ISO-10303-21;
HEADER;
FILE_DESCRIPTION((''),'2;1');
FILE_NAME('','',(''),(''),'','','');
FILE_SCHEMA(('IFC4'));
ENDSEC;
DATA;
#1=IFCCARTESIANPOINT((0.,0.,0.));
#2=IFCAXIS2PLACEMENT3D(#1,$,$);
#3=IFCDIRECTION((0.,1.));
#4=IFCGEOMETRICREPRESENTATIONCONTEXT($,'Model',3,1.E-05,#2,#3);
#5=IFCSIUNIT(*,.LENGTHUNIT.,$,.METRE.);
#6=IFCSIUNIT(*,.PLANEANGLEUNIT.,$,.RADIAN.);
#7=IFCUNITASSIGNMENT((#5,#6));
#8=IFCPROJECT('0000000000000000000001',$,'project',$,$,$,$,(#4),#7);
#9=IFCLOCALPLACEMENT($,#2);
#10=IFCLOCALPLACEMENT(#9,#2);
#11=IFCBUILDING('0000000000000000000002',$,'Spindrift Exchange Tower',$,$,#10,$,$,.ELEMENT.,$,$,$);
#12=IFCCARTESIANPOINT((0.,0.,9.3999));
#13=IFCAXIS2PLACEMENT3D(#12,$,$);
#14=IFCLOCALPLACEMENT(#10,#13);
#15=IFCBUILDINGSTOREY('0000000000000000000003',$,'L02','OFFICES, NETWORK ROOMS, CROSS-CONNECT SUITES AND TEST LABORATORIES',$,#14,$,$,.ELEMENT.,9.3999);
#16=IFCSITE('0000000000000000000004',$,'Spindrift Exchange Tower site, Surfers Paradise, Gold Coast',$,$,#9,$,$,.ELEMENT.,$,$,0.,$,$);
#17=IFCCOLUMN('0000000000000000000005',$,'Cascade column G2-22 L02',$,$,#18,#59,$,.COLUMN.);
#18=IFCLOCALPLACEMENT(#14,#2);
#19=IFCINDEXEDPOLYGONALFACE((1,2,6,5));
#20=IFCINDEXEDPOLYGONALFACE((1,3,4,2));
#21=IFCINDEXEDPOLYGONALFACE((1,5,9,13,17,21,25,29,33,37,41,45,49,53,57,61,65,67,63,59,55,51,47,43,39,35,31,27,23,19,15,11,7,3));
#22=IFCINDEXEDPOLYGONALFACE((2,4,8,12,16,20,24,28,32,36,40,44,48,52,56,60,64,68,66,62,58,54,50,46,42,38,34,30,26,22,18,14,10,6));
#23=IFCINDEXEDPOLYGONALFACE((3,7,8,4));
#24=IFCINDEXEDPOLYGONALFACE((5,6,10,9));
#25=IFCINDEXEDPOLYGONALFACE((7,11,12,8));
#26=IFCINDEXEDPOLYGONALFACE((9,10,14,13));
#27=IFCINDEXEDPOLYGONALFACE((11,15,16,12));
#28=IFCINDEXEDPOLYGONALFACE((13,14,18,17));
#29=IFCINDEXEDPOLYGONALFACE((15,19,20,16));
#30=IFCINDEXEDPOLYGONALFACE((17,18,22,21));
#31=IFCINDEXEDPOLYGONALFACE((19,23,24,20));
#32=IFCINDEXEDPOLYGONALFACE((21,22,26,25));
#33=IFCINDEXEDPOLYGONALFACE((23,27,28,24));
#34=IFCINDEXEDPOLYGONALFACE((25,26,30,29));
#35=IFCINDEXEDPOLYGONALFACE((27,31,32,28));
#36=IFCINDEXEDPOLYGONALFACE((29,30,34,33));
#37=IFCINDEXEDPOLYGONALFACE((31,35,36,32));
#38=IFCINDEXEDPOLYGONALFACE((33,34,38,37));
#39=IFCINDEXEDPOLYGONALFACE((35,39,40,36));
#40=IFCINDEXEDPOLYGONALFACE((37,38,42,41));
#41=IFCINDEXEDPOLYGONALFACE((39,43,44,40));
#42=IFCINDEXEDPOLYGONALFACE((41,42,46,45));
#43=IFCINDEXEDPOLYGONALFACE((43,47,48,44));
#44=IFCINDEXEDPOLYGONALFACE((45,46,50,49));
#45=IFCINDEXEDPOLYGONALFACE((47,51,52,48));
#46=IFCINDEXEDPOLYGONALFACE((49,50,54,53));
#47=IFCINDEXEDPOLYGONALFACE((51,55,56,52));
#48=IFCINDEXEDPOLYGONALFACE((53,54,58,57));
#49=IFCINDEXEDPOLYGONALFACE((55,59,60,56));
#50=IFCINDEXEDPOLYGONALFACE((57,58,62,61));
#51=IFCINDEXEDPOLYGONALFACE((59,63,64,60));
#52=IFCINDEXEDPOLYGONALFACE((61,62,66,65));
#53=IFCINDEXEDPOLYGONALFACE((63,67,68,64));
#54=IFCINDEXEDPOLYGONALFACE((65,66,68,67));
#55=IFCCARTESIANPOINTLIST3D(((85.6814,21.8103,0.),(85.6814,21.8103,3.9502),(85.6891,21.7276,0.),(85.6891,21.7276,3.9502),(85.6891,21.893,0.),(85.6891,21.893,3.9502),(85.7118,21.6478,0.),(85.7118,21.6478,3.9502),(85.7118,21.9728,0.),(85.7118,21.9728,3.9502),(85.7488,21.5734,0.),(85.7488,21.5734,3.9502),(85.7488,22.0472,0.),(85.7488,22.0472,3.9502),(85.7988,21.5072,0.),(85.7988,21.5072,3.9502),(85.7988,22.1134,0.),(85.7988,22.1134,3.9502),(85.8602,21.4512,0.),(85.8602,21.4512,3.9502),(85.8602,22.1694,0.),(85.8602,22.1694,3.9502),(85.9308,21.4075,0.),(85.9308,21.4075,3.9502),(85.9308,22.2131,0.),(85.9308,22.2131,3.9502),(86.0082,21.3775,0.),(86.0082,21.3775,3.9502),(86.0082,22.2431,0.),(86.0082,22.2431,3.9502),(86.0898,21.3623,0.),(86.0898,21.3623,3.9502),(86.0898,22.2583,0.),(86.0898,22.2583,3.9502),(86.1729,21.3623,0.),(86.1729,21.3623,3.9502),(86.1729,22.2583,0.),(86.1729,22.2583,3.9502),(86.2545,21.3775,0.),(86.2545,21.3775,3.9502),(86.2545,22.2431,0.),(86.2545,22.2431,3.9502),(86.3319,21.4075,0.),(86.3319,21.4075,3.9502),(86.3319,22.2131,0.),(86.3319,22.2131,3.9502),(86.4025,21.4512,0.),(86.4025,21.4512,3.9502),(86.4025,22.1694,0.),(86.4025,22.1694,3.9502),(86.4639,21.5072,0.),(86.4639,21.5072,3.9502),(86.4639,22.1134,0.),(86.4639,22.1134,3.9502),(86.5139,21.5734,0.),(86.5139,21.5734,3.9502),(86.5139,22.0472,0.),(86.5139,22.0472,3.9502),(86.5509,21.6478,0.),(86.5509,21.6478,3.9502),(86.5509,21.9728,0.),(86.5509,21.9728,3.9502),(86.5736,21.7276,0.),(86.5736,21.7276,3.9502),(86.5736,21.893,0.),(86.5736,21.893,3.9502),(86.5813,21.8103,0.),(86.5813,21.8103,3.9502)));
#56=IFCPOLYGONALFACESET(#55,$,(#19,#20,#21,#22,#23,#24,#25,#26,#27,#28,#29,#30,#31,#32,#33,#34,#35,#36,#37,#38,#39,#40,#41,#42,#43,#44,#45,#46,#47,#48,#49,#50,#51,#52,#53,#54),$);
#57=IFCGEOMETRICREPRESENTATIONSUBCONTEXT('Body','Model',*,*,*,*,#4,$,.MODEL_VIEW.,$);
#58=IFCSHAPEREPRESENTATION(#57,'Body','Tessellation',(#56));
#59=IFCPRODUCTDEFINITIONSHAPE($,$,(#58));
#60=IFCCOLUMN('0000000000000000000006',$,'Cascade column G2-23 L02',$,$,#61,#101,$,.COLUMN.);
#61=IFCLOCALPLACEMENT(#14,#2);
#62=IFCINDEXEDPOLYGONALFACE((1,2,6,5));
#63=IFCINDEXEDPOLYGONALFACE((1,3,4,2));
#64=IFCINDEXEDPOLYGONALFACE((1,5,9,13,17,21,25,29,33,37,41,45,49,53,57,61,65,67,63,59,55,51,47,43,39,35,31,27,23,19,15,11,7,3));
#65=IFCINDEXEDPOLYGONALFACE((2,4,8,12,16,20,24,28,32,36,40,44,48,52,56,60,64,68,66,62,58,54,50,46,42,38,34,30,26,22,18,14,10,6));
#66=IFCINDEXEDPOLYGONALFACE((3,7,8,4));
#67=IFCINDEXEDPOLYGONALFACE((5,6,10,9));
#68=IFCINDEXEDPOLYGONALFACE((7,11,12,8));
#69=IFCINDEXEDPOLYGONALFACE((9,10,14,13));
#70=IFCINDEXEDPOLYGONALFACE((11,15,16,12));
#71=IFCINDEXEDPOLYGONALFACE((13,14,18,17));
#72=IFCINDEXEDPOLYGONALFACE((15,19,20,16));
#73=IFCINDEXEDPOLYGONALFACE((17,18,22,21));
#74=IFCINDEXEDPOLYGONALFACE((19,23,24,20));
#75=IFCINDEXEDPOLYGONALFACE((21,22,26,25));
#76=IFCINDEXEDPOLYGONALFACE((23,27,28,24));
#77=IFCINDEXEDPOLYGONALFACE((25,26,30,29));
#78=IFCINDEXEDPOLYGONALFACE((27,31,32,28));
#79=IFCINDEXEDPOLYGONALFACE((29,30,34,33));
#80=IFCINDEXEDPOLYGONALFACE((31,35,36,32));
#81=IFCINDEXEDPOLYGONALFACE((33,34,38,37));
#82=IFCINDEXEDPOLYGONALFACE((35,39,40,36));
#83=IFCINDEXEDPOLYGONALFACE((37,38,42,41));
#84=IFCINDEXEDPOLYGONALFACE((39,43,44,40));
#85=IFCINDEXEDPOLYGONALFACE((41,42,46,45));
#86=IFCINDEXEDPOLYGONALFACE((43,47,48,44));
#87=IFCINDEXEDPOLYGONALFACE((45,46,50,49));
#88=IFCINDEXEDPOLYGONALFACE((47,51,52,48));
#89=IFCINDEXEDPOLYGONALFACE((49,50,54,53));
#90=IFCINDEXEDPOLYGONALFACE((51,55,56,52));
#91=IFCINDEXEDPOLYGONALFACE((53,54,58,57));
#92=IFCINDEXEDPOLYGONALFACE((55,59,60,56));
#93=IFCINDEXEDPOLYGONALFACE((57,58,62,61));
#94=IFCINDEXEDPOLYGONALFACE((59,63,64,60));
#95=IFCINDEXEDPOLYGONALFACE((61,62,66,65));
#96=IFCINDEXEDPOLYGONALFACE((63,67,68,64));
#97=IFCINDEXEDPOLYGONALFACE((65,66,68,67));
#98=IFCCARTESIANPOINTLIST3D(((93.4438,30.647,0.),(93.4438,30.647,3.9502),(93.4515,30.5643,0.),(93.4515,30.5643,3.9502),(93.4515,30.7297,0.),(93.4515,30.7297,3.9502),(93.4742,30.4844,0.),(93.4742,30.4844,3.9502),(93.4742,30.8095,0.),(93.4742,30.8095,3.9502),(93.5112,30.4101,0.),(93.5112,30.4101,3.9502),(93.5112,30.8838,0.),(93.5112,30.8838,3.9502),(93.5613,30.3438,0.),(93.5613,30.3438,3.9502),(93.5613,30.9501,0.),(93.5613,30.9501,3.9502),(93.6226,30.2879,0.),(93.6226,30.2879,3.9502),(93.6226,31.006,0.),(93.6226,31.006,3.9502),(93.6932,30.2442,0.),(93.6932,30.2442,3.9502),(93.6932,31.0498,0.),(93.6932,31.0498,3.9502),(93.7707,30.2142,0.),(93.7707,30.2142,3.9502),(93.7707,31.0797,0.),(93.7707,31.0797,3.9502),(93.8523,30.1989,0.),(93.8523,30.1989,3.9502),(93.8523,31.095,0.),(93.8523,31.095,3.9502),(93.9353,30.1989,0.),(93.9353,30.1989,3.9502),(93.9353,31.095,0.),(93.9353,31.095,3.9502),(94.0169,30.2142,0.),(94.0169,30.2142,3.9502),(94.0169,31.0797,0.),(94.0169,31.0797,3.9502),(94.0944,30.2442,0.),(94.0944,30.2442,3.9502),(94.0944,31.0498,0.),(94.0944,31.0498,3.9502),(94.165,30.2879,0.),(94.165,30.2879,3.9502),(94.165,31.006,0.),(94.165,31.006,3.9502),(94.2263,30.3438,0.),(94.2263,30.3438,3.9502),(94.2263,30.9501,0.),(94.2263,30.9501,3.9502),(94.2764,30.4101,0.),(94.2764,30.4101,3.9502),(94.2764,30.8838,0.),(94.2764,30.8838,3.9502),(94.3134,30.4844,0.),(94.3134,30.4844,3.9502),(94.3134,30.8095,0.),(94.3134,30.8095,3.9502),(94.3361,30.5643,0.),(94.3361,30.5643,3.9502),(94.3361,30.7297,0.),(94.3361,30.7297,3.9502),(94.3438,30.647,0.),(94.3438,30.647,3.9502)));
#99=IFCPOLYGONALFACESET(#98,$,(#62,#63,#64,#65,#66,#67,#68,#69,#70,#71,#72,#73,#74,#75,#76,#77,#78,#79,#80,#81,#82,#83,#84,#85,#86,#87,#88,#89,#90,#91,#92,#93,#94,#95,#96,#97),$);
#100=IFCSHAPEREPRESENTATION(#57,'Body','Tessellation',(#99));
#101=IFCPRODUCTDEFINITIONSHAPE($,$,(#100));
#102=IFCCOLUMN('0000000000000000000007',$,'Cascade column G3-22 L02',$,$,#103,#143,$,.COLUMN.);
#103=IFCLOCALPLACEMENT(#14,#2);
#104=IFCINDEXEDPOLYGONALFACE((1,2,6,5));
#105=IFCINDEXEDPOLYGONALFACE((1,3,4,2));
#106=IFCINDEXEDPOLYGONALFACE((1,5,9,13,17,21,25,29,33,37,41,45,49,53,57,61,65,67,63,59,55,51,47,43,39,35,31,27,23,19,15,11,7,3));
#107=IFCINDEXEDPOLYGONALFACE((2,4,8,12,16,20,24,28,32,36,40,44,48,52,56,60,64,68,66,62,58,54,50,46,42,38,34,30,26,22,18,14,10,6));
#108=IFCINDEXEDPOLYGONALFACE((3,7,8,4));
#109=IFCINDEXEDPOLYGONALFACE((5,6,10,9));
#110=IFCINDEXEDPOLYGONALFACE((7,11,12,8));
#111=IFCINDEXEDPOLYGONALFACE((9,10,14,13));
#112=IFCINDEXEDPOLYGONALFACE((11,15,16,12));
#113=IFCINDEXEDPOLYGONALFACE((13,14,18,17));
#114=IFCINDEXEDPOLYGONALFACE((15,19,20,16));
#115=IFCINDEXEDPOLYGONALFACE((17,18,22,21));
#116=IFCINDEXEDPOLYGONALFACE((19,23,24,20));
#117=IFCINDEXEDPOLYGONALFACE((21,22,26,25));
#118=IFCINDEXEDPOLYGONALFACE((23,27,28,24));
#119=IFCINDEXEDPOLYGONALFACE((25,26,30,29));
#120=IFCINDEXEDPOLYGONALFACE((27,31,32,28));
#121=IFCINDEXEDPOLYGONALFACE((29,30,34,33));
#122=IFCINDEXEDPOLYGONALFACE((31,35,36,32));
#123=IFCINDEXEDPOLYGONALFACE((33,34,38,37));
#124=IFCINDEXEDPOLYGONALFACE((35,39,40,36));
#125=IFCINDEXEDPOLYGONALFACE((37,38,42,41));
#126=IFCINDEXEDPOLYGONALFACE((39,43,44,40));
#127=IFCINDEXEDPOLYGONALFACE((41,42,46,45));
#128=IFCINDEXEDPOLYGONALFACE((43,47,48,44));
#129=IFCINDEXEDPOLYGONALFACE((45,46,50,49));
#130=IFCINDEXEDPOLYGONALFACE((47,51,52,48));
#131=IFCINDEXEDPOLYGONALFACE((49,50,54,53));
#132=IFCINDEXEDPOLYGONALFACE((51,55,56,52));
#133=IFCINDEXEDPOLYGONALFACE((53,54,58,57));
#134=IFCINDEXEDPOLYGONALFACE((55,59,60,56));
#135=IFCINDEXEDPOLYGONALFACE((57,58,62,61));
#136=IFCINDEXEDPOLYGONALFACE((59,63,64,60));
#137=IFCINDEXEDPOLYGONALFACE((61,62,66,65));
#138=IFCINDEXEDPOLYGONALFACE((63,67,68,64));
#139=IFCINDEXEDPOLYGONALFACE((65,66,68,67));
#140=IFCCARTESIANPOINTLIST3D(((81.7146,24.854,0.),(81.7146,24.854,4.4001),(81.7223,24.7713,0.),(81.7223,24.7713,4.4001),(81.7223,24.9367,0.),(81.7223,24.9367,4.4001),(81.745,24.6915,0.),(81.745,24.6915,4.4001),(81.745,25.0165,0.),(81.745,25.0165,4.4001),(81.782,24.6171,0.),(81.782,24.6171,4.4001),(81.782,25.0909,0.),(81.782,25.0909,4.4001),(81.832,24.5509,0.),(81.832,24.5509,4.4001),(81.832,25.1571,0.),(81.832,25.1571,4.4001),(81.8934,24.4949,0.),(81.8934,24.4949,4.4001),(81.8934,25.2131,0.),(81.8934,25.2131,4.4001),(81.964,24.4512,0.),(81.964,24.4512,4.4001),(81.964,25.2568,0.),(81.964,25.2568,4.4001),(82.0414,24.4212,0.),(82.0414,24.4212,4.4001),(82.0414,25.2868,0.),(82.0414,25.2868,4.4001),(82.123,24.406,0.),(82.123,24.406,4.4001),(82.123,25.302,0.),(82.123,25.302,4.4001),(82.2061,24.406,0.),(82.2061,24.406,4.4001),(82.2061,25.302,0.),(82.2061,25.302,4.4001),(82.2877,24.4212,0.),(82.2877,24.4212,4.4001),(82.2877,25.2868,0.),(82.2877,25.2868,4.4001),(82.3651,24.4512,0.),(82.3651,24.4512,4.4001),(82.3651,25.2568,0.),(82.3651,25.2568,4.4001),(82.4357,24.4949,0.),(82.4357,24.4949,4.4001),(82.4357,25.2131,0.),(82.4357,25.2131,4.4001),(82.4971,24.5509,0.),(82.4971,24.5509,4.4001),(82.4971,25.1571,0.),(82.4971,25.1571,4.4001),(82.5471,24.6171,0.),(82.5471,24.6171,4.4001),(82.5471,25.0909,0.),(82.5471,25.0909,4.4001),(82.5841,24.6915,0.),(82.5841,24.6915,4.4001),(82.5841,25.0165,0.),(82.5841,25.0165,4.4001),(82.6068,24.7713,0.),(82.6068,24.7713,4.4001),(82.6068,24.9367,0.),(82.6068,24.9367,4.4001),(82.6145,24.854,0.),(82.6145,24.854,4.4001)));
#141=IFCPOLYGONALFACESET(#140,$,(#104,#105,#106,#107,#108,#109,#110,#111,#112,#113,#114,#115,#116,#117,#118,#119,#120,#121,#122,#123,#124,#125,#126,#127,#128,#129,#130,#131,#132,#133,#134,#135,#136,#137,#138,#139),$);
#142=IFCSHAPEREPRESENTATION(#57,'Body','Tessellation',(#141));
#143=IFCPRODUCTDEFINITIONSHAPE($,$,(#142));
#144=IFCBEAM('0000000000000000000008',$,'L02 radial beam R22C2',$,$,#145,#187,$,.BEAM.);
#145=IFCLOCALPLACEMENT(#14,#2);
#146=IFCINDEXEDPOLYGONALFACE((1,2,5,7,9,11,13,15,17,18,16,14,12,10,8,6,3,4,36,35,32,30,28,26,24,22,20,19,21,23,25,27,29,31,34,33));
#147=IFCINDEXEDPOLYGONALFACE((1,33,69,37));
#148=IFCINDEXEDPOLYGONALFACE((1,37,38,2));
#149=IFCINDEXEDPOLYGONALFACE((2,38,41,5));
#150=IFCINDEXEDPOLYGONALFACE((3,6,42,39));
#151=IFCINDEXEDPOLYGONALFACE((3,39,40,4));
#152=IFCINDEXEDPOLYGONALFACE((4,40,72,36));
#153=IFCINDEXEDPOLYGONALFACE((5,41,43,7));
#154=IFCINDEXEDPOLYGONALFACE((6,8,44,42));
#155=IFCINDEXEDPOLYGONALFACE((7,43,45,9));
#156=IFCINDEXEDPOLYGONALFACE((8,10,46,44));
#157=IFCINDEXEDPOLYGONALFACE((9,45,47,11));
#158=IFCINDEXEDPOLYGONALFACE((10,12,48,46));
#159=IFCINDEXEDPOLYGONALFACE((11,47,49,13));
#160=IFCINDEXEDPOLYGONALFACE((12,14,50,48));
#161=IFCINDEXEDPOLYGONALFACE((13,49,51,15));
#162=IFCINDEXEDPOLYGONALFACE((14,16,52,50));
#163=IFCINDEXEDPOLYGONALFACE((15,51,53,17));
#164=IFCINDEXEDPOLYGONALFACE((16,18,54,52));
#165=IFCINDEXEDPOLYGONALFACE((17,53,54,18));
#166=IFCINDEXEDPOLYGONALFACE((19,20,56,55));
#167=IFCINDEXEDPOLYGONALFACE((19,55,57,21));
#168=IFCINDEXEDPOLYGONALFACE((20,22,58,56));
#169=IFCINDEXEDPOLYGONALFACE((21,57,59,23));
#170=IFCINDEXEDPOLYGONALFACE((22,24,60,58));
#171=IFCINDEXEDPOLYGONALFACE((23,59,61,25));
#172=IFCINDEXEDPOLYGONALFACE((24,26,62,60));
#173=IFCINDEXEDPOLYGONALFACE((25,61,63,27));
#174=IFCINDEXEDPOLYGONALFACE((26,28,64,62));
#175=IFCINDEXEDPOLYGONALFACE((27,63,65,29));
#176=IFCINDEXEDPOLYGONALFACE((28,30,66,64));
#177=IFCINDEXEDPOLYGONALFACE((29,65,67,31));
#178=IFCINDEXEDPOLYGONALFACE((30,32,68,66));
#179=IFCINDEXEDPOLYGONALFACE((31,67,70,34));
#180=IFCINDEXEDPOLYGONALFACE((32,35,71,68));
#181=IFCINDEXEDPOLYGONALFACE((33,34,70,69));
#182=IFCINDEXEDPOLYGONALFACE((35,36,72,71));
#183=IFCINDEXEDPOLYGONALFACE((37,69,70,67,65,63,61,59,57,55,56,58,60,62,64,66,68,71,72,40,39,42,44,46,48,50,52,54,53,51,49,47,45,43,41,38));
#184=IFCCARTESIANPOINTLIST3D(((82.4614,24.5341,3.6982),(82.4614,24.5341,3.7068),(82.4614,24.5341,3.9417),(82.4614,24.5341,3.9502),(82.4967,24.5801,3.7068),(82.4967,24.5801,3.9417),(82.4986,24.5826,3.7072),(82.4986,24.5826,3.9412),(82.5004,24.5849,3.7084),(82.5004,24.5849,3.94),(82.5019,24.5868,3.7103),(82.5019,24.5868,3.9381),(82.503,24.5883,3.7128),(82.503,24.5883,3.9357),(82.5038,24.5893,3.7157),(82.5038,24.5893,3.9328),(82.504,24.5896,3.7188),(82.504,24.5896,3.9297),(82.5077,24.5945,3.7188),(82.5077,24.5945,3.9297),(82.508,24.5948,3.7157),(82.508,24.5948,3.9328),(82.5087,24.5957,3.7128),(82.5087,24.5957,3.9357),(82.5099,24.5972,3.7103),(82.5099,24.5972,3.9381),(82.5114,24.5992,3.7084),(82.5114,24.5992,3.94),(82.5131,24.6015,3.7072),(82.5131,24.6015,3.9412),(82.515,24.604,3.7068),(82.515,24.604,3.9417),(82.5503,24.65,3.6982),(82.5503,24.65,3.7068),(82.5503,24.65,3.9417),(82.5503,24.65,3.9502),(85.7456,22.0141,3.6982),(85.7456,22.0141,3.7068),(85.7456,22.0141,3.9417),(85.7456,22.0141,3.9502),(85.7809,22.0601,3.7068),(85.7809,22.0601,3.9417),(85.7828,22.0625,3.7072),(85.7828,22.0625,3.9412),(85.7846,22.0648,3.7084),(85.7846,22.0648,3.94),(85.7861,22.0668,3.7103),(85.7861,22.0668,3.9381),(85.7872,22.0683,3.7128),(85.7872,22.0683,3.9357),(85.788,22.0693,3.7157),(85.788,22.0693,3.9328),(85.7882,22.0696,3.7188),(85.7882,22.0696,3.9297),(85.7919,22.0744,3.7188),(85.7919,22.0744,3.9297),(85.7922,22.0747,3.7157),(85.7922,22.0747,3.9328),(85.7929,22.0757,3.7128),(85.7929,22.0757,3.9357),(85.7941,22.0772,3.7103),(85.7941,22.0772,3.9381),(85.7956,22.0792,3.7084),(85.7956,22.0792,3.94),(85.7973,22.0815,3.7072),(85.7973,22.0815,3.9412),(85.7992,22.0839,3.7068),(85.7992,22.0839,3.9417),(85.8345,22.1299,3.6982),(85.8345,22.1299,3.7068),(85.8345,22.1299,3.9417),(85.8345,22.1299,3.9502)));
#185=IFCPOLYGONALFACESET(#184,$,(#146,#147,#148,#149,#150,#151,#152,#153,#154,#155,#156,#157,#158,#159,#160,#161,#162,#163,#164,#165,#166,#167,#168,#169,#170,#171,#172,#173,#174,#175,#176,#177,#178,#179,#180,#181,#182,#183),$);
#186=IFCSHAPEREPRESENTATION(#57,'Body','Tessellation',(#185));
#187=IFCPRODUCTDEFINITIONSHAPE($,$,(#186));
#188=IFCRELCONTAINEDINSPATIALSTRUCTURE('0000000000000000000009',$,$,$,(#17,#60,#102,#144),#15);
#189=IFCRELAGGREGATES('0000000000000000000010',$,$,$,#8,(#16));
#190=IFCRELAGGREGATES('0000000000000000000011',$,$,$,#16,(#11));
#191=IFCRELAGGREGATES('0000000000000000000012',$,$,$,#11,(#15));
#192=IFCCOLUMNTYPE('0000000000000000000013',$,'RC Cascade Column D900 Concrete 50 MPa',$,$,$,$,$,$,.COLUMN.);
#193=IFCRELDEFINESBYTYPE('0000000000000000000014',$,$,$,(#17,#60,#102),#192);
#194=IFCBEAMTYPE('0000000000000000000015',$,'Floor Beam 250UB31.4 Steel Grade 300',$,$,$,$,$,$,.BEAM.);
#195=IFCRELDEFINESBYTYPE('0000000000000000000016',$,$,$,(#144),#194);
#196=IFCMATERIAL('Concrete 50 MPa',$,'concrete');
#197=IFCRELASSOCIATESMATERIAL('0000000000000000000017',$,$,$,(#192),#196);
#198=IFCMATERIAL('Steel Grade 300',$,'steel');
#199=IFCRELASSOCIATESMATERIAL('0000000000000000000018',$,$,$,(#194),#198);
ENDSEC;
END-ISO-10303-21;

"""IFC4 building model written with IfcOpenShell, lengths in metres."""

from ifc_helpers import new_model, si_unit, direction, frame, origin, origin_2d, place, context, subcontext, project, spatial, circle, i_section, extrude, source, transform, mapped, material, material_profile, profile_set, type_object, element, save


model = new_model("IFC4")

# Units and contexts
model_context = context("Model", 3, precision=1e-05, world=origin(), true_north=direction((0.0, 1.0)))
body_context = subcontext(model_context, "Body", "Model", "MODEL_VIEW")
ifc_project = project(units=[si_unit("LENGTHUNIT", "METRE"), si_unit("PLANEANGLEUNIT", "RADIAN")], contexts=[model_context])

# Site, building, storey
site_placement = place(None, origin())
site = spatial("IfcSite", under=ifc_project, at=site_placement, Name="Spindrift Exchange Tower site, Surfers Paradise, Gold Coast", CompositionType="ELEMENT", RefElevation=0.0)
building_placement = place(site_placement, origin())
building = spatial("IfcBuilding", under=site, at=building_placement, Name="Spindrift Exchange Tower", CompositionType="ELEMENT")
storey_placement = place(building_placement, frame((0.0, 0.0, 9.3999)))
storey = spatial("IfcBuildingStorey", under=building, at=storey_placement, Name="L02", Description="OFFICES, NETWORK ROOMS, CROSS-CONNECT SUITES AND TEST LABORATORIES", CompositionType="ELEMENT", Elevation=9.3999)

# Columns
ifc_material_1 = material(Name="Concrete 50 MPa", Category="concrete")
ifc_material_profile_1 = material_profile(ifc_material_1, circle(Radius=0.45, at=origin_2d()), Name="RC D900")
ifc_profile_set_1 = profile_set([ifc_material_profile_1], Name="Concrete 50 MPa")
column_type = type_object("IfcColumnType", Name="RC Cascade Column D900 Concrete 50 MPa", PredefinedType="COLUMN", material=ifc_profile_set_1)
shared_shape_1 = source(origin(), body_context, "Body", "SweptSolid", [
    extrude(circle(Radius=0.45, at=origin_2d()), origin(), (0.0, 0.0, 1.0), 3.9502),
])
for number, where, z_axis, x_axis, name in (
    (1, (86.1313, 21.8103, 0.0), (0.0, 0.0, 1.0), (1.0, 0.0, 0.0), "Cascade column G2-22 L02"),
    (2, (93.8938, 30.647, 0.0), (0.0, 0.0, 1.0), (1.0, 0.0, 0.0), "Cascade column G2-23 L02"),
):
    element("IfcColumn", number, at=place(storey_placement, frame(where, z_axis=z_axis, x_axis=x_axis)), inside=storey, type_object=column_type, Name=name, PredefinedType="COLUMN", context=body_context, shape_type="MappedRepresentation", body=[
        mapped(shared_shape_1, transform((0.0, 0.0, 0.0), scale=1.0)),
    ])
shared_shape_2 = source(origin(), body_context, "Body", "SweptSolid", [
    extrude(circle(Radius=0.45, at=origin_2d()), origin(), (0.0, 0.0, 1.0), 4.4001),
])
column_placement = place(storey_placement, frame((82.1646, 24.854, 0.0), z_axis=(0.0, 0.0, 1.0), x_axis=(1.0, 0.0, 0.0)))
element("IfcColumn", 3, at=column_placement, inside=storey, type_object=column_type, Name="Cascade column G3-22 L02", PredefinedType="COLUMN", context=body_context, shape_type="MappedRepresentation", body=[
    mapped(shared_shape_2, transform((0.0, 0.0, 0.0), scale=1.0)),
])

# Beam
ifc_material_2 = material(Name="Steel Grade 300", Category="steel")
ifc_material_profile_2 = material_profile(ifc_material_2, i_section(OverallWidth=0.146, OverallDepth=0.252, WebThickness=0.0061, FlangeThickness=0.0085, FilletRadius=0.012, at=origin_2d()), Name="250UB31.4")
ifc_profile_set_2 = profile_set([ifc_material_profile_2], Name="Steel Grade 300")
beam_type_1 = type_object("IfcBeamType", Name="Floor Beam 250UB31.4 Steel Grade 300", PredefinedType="BEAM", material=ifc_profile_set_2)
shared_shape_3 = source(origin(), body_context, "Body", "SweptSolid", [
    extrude(i_section(OverallWidth=0.146, OverallDepth=0.252, WebThickness=0.0061, FlangeThickness=0.0085, FilletRadius=0.012, at=origin_2d()), origin(), (0.0, 0.0, 1.0), 4.1396),
])
beam_1_placement = place(storey_placement, frame((82.5059, 24.592, 3.8242), z_axis=(0.793356, -0.608758, 0.0), x_axis=(0.608758, 0.793356, 0.0)))
element("IfcBeam", 4, at=beam_1_placement, inside=storey, type_object=beam_type_1, Name="L02 radial beam R22C2", PredefinedType="BEAM", context=body_context, shape_type="MappedRepresentation", body=[
    mapped(shared_shape_3, transform((0.0, 0.0, 0.0), scale=1.0)),
])

save(model, "model.ifc")
